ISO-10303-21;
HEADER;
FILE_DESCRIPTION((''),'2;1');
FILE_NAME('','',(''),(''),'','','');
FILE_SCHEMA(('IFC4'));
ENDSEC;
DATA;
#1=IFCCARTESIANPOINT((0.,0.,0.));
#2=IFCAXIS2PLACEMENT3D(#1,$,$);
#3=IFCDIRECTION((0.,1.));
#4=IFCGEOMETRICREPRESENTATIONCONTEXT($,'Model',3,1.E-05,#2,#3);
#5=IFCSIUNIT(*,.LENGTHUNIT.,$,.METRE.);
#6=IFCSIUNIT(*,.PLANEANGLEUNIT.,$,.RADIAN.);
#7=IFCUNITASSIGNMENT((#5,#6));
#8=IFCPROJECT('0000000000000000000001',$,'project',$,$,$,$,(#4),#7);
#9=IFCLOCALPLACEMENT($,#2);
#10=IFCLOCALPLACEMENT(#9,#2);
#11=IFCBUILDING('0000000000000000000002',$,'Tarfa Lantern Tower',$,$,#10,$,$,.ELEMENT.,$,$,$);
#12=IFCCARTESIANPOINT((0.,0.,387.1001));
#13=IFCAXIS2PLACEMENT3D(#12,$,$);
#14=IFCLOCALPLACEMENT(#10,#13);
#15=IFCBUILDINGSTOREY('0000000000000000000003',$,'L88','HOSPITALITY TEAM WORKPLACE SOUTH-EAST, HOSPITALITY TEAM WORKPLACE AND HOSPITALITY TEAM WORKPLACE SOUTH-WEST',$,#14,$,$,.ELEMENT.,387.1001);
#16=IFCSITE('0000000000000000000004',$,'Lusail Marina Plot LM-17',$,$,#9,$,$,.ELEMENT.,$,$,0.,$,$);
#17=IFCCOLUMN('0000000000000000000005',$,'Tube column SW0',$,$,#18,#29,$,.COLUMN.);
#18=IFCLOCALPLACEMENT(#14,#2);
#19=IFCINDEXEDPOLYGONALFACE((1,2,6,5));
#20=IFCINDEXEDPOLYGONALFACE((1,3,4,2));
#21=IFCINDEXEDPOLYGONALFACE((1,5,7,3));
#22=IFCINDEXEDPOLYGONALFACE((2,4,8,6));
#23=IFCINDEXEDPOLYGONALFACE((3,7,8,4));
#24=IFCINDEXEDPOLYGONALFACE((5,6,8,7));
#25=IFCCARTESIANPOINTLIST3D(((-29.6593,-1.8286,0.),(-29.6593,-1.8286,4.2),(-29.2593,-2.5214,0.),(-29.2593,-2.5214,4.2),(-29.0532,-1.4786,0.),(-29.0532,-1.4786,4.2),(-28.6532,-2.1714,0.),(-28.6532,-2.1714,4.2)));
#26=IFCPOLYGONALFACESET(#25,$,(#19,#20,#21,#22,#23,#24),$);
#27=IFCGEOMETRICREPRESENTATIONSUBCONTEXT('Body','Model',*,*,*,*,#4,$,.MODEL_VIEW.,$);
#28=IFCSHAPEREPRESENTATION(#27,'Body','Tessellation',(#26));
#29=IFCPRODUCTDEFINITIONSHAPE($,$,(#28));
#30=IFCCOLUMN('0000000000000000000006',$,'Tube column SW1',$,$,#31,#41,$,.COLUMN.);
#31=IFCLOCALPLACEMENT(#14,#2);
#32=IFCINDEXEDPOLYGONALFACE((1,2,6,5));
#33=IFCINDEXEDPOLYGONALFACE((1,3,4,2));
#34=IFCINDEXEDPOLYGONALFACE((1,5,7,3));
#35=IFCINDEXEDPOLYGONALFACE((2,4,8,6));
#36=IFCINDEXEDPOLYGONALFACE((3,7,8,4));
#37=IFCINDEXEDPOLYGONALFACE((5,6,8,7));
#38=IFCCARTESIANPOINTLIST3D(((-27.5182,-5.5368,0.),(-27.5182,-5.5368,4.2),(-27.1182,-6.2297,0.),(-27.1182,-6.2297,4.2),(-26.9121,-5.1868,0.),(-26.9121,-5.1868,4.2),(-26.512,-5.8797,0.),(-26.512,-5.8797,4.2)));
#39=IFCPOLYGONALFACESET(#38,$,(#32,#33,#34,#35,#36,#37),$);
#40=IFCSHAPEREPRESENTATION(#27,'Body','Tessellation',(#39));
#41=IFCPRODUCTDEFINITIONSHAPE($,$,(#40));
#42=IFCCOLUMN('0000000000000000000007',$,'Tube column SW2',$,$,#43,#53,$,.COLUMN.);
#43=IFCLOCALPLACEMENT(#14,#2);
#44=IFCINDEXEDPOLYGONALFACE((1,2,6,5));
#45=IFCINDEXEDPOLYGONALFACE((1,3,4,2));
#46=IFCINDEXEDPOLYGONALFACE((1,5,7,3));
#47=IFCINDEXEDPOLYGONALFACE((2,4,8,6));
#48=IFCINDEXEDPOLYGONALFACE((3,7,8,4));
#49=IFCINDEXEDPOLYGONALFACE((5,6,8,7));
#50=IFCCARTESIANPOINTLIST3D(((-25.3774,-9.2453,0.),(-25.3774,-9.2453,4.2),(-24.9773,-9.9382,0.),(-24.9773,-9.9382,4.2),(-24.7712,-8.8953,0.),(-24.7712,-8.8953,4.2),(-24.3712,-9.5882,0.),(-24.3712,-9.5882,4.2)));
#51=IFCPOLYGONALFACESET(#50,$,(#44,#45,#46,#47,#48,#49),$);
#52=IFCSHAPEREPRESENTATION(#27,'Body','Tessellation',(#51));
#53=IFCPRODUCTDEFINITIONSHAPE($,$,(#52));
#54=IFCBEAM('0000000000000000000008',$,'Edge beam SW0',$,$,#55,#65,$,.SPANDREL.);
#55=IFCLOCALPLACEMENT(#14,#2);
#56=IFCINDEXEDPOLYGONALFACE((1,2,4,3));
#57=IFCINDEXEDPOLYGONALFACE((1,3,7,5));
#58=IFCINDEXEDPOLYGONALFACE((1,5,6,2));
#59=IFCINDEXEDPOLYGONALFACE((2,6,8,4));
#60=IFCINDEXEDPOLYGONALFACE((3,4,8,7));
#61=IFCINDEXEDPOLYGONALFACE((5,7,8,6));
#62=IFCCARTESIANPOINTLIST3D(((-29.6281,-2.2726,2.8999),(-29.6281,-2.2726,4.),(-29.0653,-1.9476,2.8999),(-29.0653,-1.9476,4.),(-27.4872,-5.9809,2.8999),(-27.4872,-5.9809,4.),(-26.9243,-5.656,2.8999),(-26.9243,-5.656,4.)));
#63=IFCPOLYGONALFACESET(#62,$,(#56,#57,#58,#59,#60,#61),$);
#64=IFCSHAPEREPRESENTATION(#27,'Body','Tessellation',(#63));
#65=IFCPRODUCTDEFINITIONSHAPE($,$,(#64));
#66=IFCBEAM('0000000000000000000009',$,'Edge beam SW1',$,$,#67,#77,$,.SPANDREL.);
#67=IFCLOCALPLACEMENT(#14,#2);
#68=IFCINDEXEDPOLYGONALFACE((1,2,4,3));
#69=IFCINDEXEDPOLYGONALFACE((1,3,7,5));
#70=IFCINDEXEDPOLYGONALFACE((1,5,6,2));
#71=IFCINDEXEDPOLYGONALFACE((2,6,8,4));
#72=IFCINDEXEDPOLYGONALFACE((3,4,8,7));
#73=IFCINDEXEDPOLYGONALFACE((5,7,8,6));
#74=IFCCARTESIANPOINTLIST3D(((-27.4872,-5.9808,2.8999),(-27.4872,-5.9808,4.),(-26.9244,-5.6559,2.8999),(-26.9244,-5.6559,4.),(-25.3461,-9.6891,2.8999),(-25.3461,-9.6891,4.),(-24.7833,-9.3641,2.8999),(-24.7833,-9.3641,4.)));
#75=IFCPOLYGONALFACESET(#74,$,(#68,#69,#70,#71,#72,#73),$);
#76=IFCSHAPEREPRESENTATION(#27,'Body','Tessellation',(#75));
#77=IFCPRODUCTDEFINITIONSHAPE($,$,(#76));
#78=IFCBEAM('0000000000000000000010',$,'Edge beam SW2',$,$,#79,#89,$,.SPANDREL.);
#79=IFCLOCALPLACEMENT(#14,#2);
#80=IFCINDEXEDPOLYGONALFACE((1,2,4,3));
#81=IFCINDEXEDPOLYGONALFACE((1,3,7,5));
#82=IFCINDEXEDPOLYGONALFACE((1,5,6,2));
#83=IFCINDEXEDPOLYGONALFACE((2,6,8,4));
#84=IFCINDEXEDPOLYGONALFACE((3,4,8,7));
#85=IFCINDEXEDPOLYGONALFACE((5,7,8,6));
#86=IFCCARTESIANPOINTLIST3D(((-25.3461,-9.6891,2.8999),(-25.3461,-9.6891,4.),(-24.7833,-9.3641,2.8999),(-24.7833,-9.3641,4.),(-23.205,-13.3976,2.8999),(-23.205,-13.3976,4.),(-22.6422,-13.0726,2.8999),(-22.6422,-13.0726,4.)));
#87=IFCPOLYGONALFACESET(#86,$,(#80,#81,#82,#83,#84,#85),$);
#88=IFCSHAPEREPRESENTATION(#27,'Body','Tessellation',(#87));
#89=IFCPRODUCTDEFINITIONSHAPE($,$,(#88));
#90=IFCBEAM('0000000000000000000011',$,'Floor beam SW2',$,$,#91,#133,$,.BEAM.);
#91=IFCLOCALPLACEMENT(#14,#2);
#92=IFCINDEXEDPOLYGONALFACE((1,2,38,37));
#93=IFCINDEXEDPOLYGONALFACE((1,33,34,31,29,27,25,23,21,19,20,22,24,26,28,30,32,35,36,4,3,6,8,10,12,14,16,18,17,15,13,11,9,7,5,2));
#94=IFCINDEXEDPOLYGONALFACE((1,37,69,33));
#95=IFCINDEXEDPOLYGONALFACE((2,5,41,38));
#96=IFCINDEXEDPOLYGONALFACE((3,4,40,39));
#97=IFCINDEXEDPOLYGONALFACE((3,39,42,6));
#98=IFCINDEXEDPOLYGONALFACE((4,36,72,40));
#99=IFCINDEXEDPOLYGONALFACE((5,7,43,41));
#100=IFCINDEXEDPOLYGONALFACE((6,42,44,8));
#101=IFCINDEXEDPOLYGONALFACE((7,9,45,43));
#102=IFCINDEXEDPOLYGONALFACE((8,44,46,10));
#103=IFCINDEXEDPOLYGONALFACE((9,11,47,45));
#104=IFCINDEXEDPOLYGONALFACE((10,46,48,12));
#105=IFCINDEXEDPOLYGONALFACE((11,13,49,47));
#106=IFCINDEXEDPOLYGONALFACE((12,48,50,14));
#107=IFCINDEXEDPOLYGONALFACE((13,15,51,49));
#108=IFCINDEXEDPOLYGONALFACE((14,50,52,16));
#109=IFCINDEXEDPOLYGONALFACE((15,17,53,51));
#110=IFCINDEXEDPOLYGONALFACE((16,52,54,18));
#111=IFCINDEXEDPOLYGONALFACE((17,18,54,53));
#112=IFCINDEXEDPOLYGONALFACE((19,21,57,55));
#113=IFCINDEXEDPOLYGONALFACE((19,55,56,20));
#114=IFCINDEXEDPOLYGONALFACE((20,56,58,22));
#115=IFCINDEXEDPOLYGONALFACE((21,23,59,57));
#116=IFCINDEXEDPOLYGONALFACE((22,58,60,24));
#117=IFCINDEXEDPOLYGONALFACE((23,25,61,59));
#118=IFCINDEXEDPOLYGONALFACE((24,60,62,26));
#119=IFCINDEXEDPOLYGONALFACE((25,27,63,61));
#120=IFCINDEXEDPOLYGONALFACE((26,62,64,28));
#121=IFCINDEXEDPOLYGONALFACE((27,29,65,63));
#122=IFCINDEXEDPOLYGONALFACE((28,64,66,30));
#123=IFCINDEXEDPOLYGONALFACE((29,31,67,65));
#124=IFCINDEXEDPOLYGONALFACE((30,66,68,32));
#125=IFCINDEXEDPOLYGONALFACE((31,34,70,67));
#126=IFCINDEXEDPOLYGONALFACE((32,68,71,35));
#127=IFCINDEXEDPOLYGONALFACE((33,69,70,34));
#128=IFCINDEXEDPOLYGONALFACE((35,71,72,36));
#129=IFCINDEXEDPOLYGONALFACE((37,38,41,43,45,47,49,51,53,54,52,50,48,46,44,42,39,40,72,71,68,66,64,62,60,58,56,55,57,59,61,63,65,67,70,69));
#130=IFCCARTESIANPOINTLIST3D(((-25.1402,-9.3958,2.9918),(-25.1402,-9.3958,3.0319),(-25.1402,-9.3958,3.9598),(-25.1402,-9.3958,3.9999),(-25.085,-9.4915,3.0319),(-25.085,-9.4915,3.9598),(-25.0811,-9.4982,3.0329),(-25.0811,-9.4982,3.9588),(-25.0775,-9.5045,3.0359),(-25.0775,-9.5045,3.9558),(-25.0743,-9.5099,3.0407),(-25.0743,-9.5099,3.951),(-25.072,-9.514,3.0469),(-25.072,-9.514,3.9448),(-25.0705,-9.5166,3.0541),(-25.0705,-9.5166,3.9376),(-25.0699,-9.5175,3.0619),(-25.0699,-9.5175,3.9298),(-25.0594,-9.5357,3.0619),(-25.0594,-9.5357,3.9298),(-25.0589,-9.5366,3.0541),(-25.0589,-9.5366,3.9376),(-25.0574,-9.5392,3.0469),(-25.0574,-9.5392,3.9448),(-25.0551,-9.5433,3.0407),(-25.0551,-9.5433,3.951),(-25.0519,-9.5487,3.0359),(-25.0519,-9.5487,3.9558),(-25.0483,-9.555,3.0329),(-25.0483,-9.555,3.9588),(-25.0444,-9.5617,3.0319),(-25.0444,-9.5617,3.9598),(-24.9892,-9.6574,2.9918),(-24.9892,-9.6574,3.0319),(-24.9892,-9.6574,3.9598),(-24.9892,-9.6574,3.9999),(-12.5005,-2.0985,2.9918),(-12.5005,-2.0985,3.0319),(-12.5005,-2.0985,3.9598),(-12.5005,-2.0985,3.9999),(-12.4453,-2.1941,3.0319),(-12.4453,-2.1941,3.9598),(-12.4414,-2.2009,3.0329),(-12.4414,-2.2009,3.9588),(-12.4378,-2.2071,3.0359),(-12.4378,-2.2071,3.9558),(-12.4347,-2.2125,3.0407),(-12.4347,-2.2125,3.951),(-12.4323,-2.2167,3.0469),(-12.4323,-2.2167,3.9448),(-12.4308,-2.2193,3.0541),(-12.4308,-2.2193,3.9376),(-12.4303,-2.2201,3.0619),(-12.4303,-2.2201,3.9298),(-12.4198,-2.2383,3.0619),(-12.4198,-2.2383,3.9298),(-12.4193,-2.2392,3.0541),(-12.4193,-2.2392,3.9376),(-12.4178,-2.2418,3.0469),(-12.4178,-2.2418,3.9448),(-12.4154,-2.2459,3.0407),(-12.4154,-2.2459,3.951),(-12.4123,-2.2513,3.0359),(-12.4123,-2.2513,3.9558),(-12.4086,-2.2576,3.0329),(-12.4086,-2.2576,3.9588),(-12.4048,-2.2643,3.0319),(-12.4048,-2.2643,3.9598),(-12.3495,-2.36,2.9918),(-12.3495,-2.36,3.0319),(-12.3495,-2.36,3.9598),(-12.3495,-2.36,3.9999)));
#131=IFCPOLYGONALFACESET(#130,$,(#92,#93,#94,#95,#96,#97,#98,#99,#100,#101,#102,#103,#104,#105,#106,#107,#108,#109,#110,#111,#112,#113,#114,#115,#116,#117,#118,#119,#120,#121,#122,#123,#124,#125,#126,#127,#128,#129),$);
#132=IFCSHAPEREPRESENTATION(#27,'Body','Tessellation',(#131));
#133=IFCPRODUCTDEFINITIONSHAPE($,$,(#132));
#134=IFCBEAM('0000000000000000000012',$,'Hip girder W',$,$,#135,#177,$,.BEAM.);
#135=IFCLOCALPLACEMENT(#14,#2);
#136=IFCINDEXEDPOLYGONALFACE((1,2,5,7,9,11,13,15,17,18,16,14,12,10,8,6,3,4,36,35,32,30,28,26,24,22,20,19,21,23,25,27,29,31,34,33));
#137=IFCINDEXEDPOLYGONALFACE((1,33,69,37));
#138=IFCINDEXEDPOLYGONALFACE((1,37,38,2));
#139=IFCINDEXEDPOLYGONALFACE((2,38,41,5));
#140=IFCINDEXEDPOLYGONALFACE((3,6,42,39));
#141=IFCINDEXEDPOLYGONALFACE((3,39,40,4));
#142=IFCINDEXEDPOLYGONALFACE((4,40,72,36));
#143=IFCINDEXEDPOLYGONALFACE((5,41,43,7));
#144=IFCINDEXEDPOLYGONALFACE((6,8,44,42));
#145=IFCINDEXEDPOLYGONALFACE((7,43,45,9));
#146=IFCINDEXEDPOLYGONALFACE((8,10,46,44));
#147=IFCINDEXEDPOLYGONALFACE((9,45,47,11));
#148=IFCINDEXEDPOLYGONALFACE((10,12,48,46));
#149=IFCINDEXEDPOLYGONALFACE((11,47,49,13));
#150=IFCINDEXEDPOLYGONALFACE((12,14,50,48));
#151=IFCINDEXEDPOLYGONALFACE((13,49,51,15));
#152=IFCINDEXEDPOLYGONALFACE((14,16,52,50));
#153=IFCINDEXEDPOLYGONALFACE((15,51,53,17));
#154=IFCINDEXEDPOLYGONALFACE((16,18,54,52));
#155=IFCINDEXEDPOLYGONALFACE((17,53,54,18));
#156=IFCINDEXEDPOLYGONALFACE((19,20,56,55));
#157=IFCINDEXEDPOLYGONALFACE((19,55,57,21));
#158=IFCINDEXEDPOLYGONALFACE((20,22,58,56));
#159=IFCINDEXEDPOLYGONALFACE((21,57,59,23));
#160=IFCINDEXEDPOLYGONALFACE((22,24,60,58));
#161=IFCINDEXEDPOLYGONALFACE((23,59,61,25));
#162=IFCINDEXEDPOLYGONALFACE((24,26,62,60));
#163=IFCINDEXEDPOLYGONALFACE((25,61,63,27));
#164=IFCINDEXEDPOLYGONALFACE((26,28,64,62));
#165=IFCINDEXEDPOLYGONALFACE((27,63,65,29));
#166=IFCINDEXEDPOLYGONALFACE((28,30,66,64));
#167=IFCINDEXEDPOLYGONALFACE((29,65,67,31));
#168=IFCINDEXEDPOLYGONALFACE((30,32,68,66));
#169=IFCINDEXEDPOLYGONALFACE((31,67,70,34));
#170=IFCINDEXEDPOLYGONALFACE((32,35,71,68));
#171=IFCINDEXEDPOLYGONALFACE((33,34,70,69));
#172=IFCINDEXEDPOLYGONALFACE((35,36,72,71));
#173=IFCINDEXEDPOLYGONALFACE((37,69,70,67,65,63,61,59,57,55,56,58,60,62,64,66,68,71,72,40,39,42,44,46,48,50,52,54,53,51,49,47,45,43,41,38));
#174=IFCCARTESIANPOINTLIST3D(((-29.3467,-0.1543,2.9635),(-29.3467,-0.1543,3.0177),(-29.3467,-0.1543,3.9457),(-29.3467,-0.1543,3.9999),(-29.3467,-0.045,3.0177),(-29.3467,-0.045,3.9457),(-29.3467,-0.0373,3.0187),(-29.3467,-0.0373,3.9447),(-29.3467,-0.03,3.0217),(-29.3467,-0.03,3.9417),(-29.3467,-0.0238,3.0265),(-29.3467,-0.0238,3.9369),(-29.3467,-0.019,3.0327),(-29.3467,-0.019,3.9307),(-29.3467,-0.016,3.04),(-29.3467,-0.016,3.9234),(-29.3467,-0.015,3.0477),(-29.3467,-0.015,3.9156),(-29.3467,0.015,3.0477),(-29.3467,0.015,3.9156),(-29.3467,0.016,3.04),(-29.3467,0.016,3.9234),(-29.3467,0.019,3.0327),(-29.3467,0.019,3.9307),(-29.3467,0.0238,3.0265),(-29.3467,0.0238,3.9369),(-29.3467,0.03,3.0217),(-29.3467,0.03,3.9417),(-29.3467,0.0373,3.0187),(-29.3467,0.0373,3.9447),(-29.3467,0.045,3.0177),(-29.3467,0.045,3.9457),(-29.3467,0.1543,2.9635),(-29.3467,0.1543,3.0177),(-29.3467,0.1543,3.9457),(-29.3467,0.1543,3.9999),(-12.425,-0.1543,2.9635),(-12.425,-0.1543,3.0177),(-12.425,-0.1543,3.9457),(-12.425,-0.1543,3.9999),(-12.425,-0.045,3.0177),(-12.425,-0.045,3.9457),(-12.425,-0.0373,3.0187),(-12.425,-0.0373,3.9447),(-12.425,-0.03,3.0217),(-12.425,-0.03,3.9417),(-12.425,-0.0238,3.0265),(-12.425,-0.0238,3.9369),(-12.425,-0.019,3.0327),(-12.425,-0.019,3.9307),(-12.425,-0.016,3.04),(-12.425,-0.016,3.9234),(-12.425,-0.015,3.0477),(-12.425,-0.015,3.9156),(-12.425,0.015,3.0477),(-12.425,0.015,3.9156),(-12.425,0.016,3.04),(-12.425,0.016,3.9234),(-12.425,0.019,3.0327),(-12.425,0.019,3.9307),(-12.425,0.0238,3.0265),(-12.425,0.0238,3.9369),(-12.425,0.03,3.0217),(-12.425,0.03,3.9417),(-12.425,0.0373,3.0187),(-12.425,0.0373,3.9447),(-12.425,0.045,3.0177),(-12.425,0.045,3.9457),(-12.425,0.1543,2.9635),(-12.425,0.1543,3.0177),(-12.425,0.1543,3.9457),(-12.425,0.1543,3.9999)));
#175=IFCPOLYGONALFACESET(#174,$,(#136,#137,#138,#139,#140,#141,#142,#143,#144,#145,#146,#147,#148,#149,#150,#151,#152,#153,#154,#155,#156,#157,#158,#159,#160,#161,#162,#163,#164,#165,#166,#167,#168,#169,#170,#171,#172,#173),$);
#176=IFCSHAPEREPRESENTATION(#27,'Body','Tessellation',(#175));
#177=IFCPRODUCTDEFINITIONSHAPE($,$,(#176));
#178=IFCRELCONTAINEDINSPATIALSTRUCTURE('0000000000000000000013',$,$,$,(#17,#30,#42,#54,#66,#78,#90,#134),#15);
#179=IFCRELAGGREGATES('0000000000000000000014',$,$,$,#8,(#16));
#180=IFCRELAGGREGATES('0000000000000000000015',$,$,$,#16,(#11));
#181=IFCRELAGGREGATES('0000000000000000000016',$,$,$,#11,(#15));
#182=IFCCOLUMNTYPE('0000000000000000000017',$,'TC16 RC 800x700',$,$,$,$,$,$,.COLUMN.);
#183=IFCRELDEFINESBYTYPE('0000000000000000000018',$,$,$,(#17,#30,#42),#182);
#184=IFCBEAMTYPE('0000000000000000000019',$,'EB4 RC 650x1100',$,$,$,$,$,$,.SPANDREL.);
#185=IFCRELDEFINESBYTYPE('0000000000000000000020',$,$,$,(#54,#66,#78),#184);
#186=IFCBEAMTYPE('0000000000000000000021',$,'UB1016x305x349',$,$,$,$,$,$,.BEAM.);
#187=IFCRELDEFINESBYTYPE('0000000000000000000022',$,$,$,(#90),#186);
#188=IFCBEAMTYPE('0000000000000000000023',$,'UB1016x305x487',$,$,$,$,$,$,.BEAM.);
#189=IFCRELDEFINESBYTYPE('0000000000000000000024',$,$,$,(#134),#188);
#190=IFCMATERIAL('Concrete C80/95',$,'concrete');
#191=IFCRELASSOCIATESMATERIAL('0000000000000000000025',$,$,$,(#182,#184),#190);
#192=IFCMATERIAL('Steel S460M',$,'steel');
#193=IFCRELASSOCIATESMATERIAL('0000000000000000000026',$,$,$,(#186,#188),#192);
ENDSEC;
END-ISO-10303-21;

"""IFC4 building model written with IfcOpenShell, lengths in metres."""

from ifc_helpers import new_model, si_unit, direction, frame, origin, origin_2d, place, context, subcontext, project, spatial, rectangle, i_section, extrude, material, material_profile, profile_set, type_object, element, save


model = new_model("IFC4")

# Units and contexts
model_context = context("Model", 3, precision=1e-05, world=origin(), true_north=direction((0.0, 1.0)))
body_context = subcontext(model_context, "Body", "Model", "MODEL_VIEW")
ifc_project = project(units=[si_unit("LENGTHUNIT", "METRE"), si_unit("PLANEANGLEUNIT", "RADIAN")], contexts=[model_context])

# Site, building, storey
site_placement = place(None, origin())
site = spatial("IfcSite", under=ifc_project, at=site_placement, Name="Lusail Marina Plot LM-17", CompositionType="ELEMENT", RefElevation=0.0)
building_placement = place(site_placement, origin())
building = spatial("IfcBuilding", under=site, at=building_placement, Name="Tarfa Lantern Tower", CompositionType="ELEMENT")
storey_placement = place(building_placement, frame((0.0, 0.0, 387.1001)))
storey = spatial("IfcBuildingStorey", under=building, at=storey_placement, Name="L88", Description="HOSPITALITY TEAM WORKPLACE SOUTH-EAST, HOSPITALITY TEAM WORKPLACE AND HOSPITALITY TEAM WORKPLACE SOUTH-WEST", CompositionType="ELEMENT", Elevation=387.1001)

# Columns
ifc_material_1 = material(Name="Concrete C80/95", Category="concrete")
ifc_material_profile_1 = material_profile(ifc_material_1, rectangle(XDim=0.8, YDim=0.7, at=origin_2d()), Name="RC 800x700")
ifc_profile_set_1 = profile_set([ifc_material_profile_1], Name="Concrete C80/95")
column_type = type_object("IfcColumnType", Name="TC16 RC 800x700", PredefinedType="COLUMN", material=ifc_profile_set_1)
for number, where, z_axis, x_axis, name in (
    (1, (-29.1562, -2.0, 0.0), (0.0, 0.0, 1.0), (0.5, -0.866025, 0.0), "Tube column SW0"),
    (2, (-27.0151, -5.7083, 0.0), (0.0, 0.0, 1.0), (0.5, -0.866025, 0.0), "Tube column SW1"),
    (3, (-24.8743, -9.4167, 0.0), (0.0, 0.0, 1.0), (0.5, -0.866025, 0.0), "Tube column SW2"),
):
    element("IfcColumn", number, at=place(storey_placement, frame(where, z_axis=z_axis, x_axis=x_axis)), inside=storey, type_object=column_type, Name=name, PredefinedType="COLUMN", context=body_context, shape_type="SweptSolid", body=[
        extrude(rectangle(XDim=0.8, YDim=0.7, at=origin_2d()), origin(), (0.0, 0.0, 1.0), 4.2),
    ])

# Beams
ifc_material_profile_2 = material_profile(ifc_material_1, rectangle(XDim=0.6499, YDim=1.1001, at=origin_2d()), Name="RC 650x1100")
ifc_profile_set_2 = profile_set([ifc_material_profile_2], Name="Concrete C80/95")
beam_type_1 = type_object("IfcBeamType", Name="EB4 RC 650x1100", PredefinedType="SPANDREL", material=ifc_profile_set_2)
for number, where, z_axis, x_axis, name in (
    (4, (-29.3467, -2.1101, 3.45), (0.499984, -0.866035, 0.0), (0.866035, 0.499984, 0.0), "Edge beam SW0"),
    (5, (-27.2058, -5.8184, 3.45), (0.500027, -0.86601, 0.0), (0.86601, 0.500027, 0.0), "Edge beam SW1"),
):
    element("IfcBeam", number, at=place(storey_placement, frame(where, z_axis=z_axis, x_axis=x_axis)), inside=storey, type_object=beam_type_1, Name=name, PredefinedType="SPANDREL", context=body_context, shape_type="SweptSolid", body=[
        extrude(rectangle(XDim=0.6499, YDim=1.1001, at=origin_2d()), origin(), (0.0, 0.0, 1.0), 4.282),
    ])
beam_1_placement = place(storey_placement, frame((-25.0647, -9.5266, 3.45), z_axis=(0.500002, -0.866024, 0.0), x_axis=(0.866024, 0.500002, 0.0)))
element("IfcBeam", 6, at=beam_1_placement, inside=storey, type_object=beam_type_1, Name="Edge beam SW2", PredefinedType="SPANDREL", context=body_context, shape_type="SweptSolid", body=[
    extrude(rectangle(XDim=0.6499, YDim=1.1001, at=origin_2d()), origin(), (0.0, 0.0, 1.0), 4.2822),
])
ifc_material_2 = material(Name="Steel S460M", Category="steel")
ifc_material_profile_3 = material_profile(ifc_material_2, i_section(OverallWidth=0.302, OverallDepth=1.0081, WebThickness=0.021, FlangeThickness=0.04, FilletRadius=0.03, at=origin_2d()), Name="UB1016x305x349")
ifc_profile_set_3 = profile_set([ifc_material_profile_3], Name="Steel S460M")
beam_type_2 = type_object("IfcBeamType", Name="UB1016x305x349", PredefinedType="BEAM", material=ifc_profile_set_3)
beam_2_placement = place(storey_placement, frame((-25.0647, -9.5266, 3.4958), z_axis=(0.86603, 0.499993, 0.0), x_axis=(-0.499993, 0.86603, 0.0)))
element("IfcBeam", 7, at=beam_2_placement, inside=storey, type_object=beam_type_2, Name="Floor beam SW2", PredefinedType="BEAM", context=body_context, shape_type="SweptSolid", body=[
    extrude(i_section(OverallWidth=0.302, OverallDepth=1.0081, WebThickness=0.021, FlangeThickness=0.04, FilletRadius=0.03, at=origin_2d()), origin(), (0.0, 0.0, 1.0), 14.595),
])
ifc_material_profile_4 = material_profile(ifc_material_2, i_section(OverallWidth=0.3086, OverallDepth=1.0364, WebThickness=0.03, FlangeThickness=0.0542, FilletRadius=0.03, at=origin_2d()), Name="UB1016x305x487")
ifc_profile_set_4 = profile_set([ifc_material_profile_4], Name="Steel S460M")
beam_type_3 = type_object("IfcBeamType", Name="UB1016x305x487", PredefinedType="BEAM", material=ifc_profile_set_4)
beam_3_placement = place(storey_placement, frame((-12.425, 0.0, 3.4817), z_axis=(-1.0, 0.0, 0.0), x_axis=(0.0, -1.0, 0.0)))
element("IfcBeam", 8, at=beam_3_placement, inside=storey, type_object=beam_type_3, Name="Hip girder W", PredefinedType="BEAM", context=body_context, shape_type="SweptSolid", body=[
    extrude(i_section(OverallWidth=0.3086, OverallDepth=1.0364, WebThickness=0.03, FlangeThickness=0.0542, FilletRadius=0.03, at=origin_2d()), origin(), (0.0, 0.0, 1.0), 16.9216),
])

save(model, "model.ifc")
